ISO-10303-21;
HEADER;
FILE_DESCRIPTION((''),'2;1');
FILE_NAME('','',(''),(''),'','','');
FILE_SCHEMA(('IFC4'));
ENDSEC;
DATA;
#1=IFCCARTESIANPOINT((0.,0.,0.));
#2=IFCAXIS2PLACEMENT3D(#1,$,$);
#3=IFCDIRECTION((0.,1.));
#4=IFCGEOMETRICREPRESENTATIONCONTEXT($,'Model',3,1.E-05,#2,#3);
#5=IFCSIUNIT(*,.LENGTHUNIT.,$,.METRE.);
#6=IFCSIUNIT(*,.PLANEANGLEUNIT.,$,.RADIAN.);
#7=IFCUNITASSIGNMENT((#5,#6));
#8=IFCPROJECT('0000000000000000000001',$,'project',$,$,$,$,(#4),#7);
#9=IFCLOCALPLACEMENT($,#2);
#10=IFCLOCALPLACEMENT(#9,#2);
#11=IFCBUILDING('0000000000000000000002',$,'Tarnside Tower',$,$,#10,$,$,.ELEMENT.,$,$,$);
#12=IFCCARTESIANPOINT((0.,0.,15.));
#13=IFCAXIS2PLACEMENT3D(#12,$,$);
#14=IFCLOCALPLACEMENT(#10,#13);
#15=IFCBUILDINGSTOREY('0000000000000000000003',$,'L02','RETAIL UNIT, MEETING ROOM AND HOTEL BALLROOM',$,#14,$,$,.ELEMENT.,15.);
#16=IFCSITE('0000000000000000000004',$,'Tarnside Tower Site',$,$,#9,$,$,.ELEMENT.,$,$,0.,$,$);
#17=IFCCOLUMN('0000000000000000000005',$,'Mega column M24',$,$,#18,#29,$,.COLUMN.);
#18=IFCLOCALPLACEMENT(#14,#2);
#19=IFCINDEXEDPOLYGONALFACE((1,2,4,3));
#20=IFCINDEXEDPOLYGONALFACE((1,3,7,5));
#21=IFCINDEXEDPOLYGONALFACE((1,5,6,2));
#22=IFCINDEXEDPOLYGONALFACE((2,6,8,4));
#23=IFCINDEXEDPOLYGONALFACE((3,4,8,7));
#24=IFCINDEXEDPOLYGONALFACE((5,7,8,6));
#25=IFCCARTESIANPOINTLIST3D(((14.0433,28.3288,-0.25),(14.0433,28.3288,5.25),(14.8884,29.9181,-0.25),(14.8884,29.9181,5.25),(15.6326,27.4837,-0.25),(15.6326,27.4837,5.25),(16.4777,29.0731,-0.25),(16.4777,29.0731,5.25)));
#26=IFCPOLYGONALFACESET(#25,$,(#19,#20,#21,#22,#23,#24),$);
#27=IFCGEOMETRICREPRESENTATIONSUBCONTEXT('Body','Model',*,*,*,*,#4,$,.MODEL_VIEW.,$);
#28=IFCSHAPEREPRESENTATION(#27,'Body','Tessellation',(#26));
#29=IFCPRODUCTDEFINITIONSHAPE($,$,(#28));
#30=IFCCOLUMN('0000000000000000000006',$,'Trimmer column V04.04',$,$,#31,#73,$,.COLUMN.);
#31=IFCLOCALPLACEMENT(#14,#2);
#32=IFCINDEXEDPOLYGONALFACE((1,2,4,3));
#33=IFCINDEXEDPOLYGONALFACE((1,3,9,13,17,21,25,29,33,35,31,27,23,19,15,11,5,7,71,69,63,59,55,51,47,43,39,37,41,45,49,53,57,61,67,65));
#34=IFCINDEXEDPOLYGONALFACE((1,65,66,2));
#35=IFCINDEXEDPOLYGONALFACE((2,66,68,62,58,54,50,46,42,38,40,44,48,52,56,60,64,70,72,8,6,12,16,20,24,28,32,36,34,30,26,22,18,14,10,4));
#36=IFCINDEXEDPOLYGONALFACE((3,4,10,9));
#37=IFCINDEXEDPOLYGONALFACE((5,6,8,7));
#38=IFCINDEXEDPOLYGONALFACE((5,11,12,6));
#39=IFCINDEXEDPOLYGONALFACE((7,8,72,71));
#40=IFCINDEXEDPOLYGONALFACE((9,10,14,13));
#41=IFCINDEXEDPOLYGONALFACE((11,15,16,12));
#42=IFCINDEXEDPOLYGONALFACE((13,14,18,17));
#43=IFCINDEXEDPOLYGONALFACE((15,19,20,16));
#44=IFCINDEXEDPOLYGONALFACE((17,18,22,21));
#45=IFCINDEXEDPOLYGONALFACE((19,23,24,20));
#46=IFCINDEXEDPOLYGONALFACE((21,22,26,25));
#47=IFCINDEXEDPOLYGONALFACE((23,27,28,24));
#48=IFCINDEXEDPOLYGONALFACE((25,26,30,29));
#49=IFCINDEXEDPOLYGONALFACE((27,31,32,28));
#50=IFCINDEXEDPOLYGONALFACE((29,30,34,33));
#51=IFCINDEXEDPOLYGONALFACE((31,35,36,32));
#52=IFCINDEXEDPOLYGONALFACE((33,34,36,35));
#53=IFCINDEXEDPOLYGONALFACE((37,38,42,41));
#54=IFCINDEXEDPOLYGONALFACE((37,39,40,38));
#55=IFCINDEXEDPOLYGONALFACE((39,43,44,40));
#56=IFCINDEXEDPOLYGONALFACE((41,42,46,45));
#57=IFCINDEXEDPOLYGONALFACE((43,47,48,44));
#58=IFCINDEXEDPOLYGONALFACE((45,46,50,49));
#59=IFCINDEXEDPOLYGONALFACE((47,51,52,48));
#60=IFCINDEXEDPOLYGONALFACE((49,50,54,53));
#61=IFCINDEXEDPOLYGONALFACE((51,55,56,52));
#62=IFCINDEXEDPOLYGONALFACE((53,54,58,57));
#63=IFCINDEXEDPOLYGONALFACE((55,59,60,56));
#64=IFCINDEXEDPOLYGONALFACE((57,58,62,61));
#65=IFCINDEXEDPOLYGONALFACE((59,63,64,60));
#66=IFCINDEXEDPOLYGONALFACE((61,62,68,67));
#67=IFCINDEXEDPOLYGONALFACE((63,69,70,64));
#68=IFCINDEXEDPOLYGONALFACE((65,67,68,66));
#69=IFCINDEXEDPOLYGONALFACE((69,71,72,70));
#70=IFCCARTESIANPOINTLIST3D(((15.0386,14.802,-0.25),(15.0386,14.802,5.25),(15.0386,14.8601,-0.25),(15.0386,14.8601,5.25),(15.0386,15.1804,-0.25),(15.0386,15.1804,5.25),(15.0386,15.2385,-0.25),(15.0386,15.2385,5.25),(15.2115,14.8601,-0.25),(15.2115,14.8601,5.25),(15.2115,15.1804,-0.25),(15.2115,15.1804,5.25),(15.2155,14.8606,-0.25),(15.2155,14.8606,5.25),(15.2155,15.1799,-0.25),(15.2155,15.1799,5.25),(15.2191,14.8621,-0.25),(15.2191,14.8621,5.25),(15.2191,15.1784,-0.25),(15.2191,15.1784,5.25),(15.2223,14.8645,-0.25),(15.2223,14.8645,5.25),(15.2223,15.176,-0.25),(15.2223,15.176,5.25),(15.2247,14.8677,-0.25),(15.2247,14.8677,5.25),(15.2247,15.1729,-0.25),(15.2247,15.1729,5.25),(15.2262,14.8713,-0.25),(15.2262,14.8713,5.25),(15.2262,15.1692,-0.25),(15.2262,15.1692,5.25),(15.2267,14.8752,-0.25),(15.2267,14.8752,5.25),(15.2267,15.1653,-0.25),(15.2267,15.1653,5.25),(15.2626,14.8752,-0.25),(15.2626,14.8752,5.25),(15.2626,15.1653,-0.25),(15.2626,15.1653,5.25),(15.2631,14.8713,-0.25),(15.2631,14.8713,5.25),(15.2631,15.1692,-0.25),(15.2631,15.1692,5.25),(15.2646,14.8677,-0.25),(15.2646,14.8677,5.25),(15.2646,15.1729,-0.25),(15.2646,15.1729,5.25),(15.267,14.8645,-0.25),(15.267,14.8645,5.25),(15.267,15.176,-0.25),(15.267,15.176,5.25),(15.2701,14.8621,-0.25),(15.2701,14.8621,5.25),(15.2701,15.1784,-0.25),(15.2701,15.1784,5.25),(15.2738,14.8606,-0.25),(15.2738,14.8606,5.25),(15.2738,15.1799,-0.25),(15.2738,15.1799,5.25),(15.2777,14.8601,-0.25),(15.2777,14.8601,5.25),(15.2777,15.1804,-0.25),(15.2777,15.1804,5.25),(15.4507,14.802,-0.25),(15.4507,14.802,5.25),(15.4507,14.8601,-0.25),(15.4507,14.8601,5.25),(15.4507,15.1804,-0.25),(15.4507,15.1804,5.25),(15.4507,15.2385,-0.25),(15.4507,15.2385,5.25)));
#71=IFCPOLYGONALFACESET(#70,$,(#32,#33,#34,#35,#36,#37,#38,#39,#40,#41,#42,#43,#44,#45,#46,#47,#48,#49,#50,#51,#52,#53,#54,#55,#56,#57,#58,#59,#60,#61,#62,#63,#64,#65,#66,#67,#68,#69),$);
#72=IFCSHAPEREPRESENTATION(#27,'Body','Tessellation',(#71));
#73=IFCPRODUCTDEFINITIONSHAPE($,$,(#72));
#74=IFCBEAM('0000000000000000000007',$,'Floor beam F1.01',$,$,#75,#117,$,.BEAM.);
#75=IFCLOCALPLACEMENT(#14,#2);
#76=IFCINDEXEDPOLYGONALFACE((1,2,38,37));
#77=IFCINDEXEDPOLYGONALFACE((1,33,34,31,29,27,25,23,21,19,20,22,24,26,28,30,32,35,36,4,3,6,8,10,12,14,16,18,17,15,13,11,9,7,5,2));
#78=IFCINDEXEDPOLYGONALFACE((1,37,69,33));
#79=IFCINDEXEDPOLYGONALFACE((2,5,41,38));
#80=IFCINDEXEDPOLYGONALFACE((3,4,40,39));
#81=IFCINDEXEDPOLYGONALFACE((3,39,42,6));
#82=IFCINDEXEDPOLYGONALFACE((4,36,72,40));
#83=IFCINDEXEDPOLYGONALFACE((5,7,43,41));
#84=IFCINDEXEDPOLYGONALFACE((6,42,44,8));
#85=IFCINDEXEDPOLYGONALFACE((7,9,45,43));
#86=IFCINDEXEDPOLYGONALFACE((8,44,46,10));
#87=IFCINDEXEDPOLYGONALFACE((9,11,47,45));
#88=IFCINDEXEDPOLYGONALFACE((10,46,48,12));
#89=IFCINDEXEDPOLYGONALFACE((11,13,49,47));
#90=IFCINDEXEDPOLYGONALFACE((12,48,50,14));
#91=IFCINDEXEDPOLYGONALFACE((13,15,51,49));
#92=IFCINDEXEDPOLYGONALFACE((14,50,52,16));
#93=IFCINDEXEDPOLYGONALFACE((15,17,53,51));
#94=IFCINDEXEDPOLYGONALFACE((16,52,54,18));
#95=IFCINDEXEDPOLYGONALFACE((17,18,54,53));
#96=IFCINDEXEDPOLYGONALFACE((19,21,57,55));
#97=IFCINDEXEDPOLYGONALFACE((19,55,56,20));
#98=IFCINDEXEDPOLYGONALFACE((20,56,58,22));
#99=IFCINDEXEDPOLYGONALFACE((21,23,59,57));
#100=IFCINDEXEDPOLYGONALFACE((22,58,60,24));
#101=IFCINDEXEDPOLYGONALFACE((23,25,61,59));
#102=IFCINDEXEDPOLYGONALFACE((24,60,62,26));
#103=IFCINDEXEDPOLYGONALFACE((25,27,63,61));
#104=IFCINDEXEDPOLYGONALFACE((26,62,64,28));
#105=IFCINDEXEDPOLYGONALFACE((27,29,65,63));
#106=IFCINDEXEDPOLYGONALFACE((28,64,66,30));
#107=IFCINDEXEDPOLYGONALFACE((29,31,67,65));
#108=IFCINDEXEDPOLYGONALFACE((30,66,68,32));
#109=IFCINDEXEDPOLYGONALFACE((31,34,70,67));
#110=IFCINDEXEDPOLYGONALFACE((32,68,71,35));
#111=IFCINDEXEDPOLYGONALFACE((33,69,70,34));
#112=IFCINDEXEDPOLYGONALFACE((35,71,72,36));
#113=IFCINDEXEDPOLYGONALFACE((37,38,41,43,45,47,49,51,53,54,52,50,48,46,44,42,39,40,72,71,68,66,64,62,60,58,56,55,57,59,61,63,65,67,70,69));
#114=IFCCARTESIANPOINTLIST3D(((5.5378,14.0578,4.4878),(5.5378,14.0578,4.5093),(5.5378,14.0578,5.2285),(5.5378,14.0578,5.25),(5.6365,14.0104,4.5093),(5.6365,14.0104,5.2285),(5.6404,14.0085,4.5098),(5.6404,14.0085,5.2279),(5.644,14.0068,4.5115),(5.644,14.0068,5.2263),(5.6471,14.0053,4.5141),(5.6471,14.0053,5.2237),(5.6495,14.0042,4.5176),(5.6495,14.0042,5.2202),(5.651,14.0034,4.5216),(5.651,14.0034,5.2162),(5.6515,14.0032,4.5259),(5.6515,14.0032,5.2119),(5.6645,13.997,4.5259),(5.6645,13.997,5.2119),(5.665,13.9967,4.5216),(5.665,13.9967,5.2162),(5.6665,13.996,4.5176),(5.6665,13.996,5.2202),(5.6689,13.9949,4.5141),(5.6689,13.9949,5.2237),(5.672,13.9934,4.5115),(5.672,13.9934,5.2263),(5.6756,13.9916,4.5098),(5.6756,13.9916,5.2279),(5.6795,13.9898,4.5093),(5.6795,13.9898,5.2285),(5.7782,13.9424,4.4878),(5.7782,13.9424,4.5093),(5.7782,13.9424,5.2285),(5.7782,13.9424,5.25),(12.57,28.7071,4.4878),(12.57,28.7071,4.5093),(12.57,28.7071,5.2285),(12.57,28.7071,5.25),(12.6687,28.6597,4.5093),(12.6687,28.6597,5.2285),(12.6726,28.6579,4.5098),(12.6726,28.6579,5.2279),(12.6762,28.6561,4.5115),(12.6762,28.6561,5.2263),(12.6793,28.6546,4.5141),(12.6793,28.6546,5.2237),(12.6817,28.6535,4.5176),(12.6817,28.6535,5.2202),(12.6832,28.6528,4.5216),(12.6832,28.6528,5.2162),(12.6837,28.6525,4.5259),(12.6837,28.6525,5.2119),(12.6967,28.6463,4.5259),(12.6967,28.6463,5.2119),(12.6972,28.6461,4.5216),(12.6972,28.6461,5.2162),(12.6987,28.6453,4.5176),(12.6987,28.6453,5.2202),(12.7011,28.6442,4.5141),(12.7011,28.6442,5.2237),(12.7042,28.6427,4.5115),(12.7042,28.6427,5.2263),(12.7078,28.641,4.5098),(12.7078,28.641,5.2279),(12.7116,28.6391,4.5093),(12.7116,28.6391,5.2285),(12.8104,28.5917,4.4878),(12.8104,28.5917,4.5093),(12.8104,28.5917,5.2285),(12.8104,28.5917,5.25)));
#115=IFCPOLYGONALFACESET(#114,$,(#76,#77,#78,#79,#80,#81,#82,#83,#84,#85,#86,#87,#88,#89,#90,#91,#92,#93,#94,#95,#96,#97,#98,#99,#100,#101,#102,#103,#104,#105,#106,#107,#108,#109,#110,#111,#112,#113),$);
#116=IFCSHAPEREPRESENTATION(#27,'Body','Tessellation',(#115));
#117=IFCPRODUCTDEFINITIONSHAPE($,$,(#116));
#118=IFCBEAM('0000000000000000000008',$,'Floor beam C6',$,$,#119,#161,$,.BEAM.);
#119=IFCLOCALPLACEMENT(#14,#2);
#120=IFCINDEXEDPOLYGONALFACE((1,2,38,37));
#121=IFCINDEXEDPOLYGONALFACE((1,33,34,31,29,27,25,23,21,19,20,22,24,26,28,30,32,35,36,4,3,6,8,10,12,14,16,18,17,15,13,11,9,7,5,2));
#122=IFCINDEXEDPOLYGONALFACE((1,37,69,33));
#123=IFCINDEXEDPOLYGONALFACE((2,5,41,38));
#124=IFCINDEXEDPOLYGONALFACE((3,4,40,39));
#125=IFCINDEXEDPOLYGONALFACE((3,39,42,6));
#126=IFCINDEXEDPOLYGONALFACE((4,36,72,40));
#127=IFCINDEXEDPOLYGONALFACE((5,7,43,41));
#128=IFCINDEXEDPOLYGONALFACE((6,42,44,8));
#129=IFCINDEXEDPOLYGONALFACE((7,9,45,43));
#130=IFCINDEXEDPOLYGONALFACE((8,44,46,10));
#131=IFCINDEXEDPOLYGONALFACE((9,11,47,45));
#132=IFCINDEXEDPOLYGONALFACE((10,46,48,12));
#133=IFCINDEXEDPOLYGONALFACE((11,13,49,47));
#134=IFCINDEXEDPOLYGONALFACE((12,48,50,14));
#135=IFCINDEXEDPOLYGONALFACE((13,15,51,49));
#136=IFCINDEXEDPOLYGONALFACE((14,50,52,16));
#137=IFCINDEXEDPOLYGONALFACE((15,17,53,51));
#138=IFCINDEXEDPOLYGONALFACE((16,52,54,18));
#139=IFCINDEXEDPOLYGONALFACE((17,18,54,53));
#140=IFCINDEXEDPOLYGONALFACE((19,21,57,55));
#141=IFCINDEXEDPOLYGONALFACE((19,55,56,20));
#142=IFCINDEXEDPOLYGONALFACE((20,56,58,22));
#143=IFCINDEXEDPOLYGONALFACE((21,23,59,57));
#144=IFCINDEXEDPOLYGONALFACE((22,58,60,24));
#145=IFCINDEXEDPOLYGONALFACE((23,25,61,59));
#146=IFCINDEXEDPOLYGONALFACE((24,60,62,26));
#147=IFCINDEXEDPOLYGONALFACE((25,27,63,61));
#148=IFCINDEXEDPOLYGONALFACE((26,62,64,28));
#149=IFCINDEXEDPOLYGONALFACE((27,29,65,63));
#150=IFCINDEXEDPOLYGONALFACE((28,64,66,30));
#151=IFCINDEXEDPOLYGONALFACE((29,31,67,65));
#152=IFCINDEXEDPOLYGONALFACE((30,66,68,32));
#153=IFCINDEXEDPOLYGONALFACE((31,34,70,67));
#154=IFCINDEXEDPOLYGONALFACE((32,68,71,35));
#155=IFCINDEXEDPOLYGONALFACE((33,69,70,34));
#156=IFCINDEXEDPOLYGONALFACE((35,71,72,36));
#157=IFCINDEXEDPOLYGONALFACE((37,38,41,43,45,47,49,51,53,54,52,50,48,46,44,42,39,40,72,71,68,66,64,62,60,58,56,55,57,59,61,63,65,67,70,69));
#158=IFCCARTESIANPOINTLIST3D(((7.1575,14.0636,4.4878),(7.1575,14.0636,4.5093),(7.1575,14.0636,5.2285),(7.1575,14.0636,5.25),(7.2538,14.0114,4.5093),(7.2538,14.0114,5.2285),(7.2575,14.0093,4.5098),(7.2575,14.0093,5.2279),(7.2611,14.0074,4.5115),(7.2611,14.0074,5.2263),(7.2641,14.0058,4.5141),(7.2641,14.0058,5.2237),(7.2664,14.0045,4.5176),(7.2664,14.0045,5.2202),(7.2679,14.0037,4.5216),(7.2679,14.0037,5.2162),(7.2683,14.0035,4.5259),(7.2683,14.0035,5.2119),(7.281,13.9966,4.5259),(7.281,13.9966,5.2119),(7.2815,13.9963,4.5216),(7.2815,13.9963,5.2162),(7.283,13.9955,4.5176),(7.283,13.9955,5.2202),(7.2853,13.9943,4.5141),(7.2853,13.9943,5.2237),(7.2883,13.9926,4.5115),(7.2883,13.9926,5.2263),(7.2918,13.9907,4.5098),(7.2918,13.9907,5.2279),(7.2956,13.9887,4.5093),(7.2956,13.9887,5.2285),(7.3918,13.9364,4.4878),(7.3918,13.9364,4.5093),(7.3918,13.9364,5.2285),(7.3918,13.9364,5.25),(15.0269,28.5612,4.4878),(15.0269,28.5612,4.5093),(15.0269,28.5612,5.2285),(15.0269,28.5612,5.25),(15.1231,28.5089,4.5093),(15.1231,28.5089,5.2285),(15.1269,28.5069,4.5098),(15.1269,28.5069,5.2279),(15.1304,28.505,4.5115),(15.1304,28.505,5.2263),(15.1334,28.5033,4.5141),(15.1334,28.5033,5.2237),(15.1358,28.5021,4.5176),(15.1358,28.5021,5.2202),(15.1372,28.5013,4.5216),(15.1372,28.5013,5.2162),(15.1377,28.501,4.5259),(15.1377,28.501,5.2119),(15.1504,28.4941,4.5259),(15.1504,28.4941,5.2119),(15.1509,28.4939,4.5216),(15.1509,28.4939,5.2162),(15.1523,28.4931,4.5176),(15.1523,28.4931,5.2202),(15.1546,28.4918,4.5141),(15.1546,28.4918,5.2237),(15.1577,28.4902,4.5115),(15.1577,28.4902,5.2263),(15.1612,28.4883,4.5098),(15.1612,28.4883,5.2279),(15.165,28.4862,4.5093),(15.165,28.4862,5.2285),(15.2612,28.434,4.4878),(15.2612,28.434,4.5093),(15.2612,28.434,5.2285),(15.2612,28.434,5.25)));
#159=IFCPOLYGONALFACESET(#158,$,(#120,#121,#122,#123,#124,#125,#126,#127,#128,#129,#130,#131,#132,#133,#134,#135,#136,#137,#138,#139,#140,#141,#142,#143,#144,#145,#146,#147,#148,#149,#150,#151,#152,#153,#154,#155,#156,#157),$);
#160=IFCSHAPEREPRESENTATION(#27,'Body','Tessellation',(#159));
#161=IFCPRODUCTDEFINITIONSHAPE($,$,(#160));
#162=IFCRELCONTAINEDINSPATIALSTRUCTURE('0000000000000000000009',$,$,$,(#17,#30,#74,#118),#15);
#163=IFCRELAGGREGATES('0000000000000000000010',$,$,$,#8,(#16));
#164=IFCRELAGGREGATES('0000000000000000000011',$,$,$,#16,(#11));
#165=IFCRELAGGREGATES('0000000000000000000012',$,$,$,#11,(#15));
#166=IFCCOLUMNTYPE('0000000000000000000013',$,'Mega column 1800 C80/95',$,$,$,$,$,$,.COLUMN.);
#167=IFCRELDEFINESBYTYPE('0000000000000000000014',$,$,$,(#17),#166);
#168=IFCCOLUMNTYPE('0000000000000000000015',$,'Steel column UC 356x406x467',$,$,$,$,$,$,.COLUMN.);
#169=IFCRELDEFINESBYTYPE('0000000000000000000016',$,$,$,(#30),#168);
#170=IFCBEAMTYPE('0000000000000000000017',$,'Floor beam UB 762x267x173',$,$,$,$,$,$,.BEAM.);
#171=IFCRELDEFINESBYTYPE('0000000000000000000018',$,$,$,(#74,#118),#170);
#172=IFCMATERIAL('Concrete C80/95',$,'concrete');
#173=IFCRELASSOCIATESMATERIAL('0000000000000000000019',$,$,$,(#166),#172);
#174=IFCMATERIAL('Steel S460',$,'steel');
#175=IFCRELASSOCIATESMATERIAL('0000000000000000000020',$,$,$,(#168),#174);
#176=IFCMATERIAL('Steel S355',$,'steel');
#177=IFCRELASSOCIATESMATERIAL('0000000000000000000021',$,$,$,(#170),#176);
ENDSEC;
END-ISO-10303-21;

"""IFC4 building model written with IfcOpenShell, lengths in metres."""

from ifc_helpers import new_model, si_unit, direction, frame, origin, origin_2d, place, context, subcontext, project, spatial, rectangle, i_section, extrude, material, material_profile, profile_set, type_object, element, save


model = new_model("IFC4")

# Units and contexts
model_context = context("Model", 3, precision=1e-05, world=origin(), true_north=direction((0.0, 1.0)))
body_context = subcontext(model_context, "Body", "Model", "MODEL_VIEW")
ifc_project = project(units=[si_unit("LENGTHUNIT", "METRE"), si_unit("PLANEANGLEUNIT", "RADIAN")], contexts=[model_context])

# Site, building, storey
site_placement = place(None, origin())
site = spatial("IfcSite", under=ifc_project, at=site_placement, Name="Tarnside Tower Site", CompositionType="ELEMENT", RefElevation=0.0)
building_placement = place(site_placement, origin())
building = spatial("IfcBuilding", under=site, at=building_placement, Name="Tarnside Tower", CompositionType="ELEMENT")
storey_placement = place(building_placement, frame((0.0, 0.0, 15.0)))
storey = spatial("IfcBuildingStorey", under=building, at=storey_placement, Name="L02", Description="RETAIL UNIT, MEETING ROOM AND HOTEL BALLROOM", CompositionType="ELEMENT", Elevation=15.0)

# Columns
ifc_material_1 = material(Name="Concrete C80/95", Category="concrete")
ifc_material_profile_1 = material_profile(ifc_material_1, rectangle(XDim=1.8, YDim=1.8, at=origin_2d()), Name="Mega column 1800x1800")
ifc_profile_set_1 = profile_set([ifc_material_profile_1], Name="Concrete C80/95")
column_type_1 = type_object("IfcColumnType", Name="Mega column 1800 C80/95", PredefinedType="COLUMN", material=ifc_profile_set_1)
column_1_placement = place(storey_placement, frame((15.2605, 28.7009, -0.25), z_axis=(0.0, 0.0, 1.0), x_axis=(0.882948, -0.469472, 0.0)))
element("IfcColumn", 1, at=column_1_placement, inside=storey, type_object=column_type_1, Name="Mega column M24", PredefinedType="COLUMN", context=body_context, shape_type="SweptSolid", body=[
    extrude(rectangle(XDim=1.8, YDim=1.8, at=origin_2d()), origin(), (0.0, 0.0, 1.0), 5.5),
])
ifc_material_2 = material(Name="Steel S460", Category="steel")
ifc_material_profile_2 = material_profile(ifc_material_2, i_section(OverallWidth=0.4121, OverallDepth=0.4365, WebThickness=0.0359, FlangeThickness=0.0581, FilletRadius=0.0151, at=origin_2d()), Name="UC 356x406x467")
ifc_profile_set_2 = profile_set([ifc_material_profile_2], Name="Steel S460")
column_type_2 = type_object("IfcColumnType", Name="Steel column UC 356x406x467", PredefinedType="COLUMN", material=ifc_profile_set_2)
column_2_placement = place(storey_placement, frame((15.2446, 15.0203, -0.25), z_axis=(0.0, 0.0, 1.0), x_axis=(1.0, 0.0, 0.0)))
element("IfcColumn", 2, at=column_2_placement, inside=storey, type_object=column_type_2, Name="Trimmer column V04.04", PredefinedType="COLUMN", context=body_context, shape_type="SweptSolid", body=[
    extrude(i_section(OverallWidth=0.4121, OverallDepth=0.4365, WebThickness=0.0359, FlangeThickness=0.0581, FilletRadius=0.0151, at=origin_2d()), origin(), (0.0, 0.0, 1.0), 5.5),
])

# Beams
ifc_material_3 = material(Name="Steel S355", Category="steel")
ifc_material_profile_3 = material_profile(ifc_material_3, i_section(OverallWidth=0.2666, OverallDepth=0.7622, WebThickness=0.0144, FlangeThickness=0.0215, FilletRadius=0.0166, at=origin_2d()), Name="UB 762x267x173")
ifc_profile_set_3 = profile_set([ifc_material_profile_3], Name="Steel S355")
beam_type_1 = type_object("IfcBeamType", Name="Floor beam UB 762x267x173", PredefinedType="BEAM", material=ifc_profile_set_3)
beam_1_placement = place(storey_placement, frame((12.6902, 28.6494, 4.8689), z_axis=(-0.432756, -0.901511, 0.0), x_axis=(0.901511, -0.432756, 0.0)))
element("IfcBeam", 3, at=beam_1_placement, inside=storey, type_object=beam_type_1, Name="Floor beam F1.01", PredefinedType="BEAM", context=body_context, shape_type="SweptSolid", body=[
    extrude(i_section(OverallWidth=0.2666, OverallDepth=0.7622, WebThickness=0.0144, FlangeThickness=0.0215, FilletRadius=0.0166, at=origin_2d()), origin(), (0.0, 0.0, 1.0), 16.2498),
])
beam_2_placement = place(storey_placement, frame((15.144, 28.4976, 4.8689), z_axis=(-0.477058, -0.878872, 0.0), x_axis=(0.878872, -0.477058, 0.0)))
element("IfcBeam", 4, at=beam_2_placement, inside=storey, type_object=beam_type_1, Name="Floor beam C6", PredefinedType="BEAM", context=body_context, shape_type="SweptSolid", body=[
    extrude(i_section(OverallWidth=0.2666, OverallDepth=0.7622, WebThickness=0.0144, FlangeThickness=0.0215, FilletRadius=0.0166, at=origin_2d()), origin(), (0.0, 0.0, 1.0), 16.4956),
])

save(model, "model.ifc")
